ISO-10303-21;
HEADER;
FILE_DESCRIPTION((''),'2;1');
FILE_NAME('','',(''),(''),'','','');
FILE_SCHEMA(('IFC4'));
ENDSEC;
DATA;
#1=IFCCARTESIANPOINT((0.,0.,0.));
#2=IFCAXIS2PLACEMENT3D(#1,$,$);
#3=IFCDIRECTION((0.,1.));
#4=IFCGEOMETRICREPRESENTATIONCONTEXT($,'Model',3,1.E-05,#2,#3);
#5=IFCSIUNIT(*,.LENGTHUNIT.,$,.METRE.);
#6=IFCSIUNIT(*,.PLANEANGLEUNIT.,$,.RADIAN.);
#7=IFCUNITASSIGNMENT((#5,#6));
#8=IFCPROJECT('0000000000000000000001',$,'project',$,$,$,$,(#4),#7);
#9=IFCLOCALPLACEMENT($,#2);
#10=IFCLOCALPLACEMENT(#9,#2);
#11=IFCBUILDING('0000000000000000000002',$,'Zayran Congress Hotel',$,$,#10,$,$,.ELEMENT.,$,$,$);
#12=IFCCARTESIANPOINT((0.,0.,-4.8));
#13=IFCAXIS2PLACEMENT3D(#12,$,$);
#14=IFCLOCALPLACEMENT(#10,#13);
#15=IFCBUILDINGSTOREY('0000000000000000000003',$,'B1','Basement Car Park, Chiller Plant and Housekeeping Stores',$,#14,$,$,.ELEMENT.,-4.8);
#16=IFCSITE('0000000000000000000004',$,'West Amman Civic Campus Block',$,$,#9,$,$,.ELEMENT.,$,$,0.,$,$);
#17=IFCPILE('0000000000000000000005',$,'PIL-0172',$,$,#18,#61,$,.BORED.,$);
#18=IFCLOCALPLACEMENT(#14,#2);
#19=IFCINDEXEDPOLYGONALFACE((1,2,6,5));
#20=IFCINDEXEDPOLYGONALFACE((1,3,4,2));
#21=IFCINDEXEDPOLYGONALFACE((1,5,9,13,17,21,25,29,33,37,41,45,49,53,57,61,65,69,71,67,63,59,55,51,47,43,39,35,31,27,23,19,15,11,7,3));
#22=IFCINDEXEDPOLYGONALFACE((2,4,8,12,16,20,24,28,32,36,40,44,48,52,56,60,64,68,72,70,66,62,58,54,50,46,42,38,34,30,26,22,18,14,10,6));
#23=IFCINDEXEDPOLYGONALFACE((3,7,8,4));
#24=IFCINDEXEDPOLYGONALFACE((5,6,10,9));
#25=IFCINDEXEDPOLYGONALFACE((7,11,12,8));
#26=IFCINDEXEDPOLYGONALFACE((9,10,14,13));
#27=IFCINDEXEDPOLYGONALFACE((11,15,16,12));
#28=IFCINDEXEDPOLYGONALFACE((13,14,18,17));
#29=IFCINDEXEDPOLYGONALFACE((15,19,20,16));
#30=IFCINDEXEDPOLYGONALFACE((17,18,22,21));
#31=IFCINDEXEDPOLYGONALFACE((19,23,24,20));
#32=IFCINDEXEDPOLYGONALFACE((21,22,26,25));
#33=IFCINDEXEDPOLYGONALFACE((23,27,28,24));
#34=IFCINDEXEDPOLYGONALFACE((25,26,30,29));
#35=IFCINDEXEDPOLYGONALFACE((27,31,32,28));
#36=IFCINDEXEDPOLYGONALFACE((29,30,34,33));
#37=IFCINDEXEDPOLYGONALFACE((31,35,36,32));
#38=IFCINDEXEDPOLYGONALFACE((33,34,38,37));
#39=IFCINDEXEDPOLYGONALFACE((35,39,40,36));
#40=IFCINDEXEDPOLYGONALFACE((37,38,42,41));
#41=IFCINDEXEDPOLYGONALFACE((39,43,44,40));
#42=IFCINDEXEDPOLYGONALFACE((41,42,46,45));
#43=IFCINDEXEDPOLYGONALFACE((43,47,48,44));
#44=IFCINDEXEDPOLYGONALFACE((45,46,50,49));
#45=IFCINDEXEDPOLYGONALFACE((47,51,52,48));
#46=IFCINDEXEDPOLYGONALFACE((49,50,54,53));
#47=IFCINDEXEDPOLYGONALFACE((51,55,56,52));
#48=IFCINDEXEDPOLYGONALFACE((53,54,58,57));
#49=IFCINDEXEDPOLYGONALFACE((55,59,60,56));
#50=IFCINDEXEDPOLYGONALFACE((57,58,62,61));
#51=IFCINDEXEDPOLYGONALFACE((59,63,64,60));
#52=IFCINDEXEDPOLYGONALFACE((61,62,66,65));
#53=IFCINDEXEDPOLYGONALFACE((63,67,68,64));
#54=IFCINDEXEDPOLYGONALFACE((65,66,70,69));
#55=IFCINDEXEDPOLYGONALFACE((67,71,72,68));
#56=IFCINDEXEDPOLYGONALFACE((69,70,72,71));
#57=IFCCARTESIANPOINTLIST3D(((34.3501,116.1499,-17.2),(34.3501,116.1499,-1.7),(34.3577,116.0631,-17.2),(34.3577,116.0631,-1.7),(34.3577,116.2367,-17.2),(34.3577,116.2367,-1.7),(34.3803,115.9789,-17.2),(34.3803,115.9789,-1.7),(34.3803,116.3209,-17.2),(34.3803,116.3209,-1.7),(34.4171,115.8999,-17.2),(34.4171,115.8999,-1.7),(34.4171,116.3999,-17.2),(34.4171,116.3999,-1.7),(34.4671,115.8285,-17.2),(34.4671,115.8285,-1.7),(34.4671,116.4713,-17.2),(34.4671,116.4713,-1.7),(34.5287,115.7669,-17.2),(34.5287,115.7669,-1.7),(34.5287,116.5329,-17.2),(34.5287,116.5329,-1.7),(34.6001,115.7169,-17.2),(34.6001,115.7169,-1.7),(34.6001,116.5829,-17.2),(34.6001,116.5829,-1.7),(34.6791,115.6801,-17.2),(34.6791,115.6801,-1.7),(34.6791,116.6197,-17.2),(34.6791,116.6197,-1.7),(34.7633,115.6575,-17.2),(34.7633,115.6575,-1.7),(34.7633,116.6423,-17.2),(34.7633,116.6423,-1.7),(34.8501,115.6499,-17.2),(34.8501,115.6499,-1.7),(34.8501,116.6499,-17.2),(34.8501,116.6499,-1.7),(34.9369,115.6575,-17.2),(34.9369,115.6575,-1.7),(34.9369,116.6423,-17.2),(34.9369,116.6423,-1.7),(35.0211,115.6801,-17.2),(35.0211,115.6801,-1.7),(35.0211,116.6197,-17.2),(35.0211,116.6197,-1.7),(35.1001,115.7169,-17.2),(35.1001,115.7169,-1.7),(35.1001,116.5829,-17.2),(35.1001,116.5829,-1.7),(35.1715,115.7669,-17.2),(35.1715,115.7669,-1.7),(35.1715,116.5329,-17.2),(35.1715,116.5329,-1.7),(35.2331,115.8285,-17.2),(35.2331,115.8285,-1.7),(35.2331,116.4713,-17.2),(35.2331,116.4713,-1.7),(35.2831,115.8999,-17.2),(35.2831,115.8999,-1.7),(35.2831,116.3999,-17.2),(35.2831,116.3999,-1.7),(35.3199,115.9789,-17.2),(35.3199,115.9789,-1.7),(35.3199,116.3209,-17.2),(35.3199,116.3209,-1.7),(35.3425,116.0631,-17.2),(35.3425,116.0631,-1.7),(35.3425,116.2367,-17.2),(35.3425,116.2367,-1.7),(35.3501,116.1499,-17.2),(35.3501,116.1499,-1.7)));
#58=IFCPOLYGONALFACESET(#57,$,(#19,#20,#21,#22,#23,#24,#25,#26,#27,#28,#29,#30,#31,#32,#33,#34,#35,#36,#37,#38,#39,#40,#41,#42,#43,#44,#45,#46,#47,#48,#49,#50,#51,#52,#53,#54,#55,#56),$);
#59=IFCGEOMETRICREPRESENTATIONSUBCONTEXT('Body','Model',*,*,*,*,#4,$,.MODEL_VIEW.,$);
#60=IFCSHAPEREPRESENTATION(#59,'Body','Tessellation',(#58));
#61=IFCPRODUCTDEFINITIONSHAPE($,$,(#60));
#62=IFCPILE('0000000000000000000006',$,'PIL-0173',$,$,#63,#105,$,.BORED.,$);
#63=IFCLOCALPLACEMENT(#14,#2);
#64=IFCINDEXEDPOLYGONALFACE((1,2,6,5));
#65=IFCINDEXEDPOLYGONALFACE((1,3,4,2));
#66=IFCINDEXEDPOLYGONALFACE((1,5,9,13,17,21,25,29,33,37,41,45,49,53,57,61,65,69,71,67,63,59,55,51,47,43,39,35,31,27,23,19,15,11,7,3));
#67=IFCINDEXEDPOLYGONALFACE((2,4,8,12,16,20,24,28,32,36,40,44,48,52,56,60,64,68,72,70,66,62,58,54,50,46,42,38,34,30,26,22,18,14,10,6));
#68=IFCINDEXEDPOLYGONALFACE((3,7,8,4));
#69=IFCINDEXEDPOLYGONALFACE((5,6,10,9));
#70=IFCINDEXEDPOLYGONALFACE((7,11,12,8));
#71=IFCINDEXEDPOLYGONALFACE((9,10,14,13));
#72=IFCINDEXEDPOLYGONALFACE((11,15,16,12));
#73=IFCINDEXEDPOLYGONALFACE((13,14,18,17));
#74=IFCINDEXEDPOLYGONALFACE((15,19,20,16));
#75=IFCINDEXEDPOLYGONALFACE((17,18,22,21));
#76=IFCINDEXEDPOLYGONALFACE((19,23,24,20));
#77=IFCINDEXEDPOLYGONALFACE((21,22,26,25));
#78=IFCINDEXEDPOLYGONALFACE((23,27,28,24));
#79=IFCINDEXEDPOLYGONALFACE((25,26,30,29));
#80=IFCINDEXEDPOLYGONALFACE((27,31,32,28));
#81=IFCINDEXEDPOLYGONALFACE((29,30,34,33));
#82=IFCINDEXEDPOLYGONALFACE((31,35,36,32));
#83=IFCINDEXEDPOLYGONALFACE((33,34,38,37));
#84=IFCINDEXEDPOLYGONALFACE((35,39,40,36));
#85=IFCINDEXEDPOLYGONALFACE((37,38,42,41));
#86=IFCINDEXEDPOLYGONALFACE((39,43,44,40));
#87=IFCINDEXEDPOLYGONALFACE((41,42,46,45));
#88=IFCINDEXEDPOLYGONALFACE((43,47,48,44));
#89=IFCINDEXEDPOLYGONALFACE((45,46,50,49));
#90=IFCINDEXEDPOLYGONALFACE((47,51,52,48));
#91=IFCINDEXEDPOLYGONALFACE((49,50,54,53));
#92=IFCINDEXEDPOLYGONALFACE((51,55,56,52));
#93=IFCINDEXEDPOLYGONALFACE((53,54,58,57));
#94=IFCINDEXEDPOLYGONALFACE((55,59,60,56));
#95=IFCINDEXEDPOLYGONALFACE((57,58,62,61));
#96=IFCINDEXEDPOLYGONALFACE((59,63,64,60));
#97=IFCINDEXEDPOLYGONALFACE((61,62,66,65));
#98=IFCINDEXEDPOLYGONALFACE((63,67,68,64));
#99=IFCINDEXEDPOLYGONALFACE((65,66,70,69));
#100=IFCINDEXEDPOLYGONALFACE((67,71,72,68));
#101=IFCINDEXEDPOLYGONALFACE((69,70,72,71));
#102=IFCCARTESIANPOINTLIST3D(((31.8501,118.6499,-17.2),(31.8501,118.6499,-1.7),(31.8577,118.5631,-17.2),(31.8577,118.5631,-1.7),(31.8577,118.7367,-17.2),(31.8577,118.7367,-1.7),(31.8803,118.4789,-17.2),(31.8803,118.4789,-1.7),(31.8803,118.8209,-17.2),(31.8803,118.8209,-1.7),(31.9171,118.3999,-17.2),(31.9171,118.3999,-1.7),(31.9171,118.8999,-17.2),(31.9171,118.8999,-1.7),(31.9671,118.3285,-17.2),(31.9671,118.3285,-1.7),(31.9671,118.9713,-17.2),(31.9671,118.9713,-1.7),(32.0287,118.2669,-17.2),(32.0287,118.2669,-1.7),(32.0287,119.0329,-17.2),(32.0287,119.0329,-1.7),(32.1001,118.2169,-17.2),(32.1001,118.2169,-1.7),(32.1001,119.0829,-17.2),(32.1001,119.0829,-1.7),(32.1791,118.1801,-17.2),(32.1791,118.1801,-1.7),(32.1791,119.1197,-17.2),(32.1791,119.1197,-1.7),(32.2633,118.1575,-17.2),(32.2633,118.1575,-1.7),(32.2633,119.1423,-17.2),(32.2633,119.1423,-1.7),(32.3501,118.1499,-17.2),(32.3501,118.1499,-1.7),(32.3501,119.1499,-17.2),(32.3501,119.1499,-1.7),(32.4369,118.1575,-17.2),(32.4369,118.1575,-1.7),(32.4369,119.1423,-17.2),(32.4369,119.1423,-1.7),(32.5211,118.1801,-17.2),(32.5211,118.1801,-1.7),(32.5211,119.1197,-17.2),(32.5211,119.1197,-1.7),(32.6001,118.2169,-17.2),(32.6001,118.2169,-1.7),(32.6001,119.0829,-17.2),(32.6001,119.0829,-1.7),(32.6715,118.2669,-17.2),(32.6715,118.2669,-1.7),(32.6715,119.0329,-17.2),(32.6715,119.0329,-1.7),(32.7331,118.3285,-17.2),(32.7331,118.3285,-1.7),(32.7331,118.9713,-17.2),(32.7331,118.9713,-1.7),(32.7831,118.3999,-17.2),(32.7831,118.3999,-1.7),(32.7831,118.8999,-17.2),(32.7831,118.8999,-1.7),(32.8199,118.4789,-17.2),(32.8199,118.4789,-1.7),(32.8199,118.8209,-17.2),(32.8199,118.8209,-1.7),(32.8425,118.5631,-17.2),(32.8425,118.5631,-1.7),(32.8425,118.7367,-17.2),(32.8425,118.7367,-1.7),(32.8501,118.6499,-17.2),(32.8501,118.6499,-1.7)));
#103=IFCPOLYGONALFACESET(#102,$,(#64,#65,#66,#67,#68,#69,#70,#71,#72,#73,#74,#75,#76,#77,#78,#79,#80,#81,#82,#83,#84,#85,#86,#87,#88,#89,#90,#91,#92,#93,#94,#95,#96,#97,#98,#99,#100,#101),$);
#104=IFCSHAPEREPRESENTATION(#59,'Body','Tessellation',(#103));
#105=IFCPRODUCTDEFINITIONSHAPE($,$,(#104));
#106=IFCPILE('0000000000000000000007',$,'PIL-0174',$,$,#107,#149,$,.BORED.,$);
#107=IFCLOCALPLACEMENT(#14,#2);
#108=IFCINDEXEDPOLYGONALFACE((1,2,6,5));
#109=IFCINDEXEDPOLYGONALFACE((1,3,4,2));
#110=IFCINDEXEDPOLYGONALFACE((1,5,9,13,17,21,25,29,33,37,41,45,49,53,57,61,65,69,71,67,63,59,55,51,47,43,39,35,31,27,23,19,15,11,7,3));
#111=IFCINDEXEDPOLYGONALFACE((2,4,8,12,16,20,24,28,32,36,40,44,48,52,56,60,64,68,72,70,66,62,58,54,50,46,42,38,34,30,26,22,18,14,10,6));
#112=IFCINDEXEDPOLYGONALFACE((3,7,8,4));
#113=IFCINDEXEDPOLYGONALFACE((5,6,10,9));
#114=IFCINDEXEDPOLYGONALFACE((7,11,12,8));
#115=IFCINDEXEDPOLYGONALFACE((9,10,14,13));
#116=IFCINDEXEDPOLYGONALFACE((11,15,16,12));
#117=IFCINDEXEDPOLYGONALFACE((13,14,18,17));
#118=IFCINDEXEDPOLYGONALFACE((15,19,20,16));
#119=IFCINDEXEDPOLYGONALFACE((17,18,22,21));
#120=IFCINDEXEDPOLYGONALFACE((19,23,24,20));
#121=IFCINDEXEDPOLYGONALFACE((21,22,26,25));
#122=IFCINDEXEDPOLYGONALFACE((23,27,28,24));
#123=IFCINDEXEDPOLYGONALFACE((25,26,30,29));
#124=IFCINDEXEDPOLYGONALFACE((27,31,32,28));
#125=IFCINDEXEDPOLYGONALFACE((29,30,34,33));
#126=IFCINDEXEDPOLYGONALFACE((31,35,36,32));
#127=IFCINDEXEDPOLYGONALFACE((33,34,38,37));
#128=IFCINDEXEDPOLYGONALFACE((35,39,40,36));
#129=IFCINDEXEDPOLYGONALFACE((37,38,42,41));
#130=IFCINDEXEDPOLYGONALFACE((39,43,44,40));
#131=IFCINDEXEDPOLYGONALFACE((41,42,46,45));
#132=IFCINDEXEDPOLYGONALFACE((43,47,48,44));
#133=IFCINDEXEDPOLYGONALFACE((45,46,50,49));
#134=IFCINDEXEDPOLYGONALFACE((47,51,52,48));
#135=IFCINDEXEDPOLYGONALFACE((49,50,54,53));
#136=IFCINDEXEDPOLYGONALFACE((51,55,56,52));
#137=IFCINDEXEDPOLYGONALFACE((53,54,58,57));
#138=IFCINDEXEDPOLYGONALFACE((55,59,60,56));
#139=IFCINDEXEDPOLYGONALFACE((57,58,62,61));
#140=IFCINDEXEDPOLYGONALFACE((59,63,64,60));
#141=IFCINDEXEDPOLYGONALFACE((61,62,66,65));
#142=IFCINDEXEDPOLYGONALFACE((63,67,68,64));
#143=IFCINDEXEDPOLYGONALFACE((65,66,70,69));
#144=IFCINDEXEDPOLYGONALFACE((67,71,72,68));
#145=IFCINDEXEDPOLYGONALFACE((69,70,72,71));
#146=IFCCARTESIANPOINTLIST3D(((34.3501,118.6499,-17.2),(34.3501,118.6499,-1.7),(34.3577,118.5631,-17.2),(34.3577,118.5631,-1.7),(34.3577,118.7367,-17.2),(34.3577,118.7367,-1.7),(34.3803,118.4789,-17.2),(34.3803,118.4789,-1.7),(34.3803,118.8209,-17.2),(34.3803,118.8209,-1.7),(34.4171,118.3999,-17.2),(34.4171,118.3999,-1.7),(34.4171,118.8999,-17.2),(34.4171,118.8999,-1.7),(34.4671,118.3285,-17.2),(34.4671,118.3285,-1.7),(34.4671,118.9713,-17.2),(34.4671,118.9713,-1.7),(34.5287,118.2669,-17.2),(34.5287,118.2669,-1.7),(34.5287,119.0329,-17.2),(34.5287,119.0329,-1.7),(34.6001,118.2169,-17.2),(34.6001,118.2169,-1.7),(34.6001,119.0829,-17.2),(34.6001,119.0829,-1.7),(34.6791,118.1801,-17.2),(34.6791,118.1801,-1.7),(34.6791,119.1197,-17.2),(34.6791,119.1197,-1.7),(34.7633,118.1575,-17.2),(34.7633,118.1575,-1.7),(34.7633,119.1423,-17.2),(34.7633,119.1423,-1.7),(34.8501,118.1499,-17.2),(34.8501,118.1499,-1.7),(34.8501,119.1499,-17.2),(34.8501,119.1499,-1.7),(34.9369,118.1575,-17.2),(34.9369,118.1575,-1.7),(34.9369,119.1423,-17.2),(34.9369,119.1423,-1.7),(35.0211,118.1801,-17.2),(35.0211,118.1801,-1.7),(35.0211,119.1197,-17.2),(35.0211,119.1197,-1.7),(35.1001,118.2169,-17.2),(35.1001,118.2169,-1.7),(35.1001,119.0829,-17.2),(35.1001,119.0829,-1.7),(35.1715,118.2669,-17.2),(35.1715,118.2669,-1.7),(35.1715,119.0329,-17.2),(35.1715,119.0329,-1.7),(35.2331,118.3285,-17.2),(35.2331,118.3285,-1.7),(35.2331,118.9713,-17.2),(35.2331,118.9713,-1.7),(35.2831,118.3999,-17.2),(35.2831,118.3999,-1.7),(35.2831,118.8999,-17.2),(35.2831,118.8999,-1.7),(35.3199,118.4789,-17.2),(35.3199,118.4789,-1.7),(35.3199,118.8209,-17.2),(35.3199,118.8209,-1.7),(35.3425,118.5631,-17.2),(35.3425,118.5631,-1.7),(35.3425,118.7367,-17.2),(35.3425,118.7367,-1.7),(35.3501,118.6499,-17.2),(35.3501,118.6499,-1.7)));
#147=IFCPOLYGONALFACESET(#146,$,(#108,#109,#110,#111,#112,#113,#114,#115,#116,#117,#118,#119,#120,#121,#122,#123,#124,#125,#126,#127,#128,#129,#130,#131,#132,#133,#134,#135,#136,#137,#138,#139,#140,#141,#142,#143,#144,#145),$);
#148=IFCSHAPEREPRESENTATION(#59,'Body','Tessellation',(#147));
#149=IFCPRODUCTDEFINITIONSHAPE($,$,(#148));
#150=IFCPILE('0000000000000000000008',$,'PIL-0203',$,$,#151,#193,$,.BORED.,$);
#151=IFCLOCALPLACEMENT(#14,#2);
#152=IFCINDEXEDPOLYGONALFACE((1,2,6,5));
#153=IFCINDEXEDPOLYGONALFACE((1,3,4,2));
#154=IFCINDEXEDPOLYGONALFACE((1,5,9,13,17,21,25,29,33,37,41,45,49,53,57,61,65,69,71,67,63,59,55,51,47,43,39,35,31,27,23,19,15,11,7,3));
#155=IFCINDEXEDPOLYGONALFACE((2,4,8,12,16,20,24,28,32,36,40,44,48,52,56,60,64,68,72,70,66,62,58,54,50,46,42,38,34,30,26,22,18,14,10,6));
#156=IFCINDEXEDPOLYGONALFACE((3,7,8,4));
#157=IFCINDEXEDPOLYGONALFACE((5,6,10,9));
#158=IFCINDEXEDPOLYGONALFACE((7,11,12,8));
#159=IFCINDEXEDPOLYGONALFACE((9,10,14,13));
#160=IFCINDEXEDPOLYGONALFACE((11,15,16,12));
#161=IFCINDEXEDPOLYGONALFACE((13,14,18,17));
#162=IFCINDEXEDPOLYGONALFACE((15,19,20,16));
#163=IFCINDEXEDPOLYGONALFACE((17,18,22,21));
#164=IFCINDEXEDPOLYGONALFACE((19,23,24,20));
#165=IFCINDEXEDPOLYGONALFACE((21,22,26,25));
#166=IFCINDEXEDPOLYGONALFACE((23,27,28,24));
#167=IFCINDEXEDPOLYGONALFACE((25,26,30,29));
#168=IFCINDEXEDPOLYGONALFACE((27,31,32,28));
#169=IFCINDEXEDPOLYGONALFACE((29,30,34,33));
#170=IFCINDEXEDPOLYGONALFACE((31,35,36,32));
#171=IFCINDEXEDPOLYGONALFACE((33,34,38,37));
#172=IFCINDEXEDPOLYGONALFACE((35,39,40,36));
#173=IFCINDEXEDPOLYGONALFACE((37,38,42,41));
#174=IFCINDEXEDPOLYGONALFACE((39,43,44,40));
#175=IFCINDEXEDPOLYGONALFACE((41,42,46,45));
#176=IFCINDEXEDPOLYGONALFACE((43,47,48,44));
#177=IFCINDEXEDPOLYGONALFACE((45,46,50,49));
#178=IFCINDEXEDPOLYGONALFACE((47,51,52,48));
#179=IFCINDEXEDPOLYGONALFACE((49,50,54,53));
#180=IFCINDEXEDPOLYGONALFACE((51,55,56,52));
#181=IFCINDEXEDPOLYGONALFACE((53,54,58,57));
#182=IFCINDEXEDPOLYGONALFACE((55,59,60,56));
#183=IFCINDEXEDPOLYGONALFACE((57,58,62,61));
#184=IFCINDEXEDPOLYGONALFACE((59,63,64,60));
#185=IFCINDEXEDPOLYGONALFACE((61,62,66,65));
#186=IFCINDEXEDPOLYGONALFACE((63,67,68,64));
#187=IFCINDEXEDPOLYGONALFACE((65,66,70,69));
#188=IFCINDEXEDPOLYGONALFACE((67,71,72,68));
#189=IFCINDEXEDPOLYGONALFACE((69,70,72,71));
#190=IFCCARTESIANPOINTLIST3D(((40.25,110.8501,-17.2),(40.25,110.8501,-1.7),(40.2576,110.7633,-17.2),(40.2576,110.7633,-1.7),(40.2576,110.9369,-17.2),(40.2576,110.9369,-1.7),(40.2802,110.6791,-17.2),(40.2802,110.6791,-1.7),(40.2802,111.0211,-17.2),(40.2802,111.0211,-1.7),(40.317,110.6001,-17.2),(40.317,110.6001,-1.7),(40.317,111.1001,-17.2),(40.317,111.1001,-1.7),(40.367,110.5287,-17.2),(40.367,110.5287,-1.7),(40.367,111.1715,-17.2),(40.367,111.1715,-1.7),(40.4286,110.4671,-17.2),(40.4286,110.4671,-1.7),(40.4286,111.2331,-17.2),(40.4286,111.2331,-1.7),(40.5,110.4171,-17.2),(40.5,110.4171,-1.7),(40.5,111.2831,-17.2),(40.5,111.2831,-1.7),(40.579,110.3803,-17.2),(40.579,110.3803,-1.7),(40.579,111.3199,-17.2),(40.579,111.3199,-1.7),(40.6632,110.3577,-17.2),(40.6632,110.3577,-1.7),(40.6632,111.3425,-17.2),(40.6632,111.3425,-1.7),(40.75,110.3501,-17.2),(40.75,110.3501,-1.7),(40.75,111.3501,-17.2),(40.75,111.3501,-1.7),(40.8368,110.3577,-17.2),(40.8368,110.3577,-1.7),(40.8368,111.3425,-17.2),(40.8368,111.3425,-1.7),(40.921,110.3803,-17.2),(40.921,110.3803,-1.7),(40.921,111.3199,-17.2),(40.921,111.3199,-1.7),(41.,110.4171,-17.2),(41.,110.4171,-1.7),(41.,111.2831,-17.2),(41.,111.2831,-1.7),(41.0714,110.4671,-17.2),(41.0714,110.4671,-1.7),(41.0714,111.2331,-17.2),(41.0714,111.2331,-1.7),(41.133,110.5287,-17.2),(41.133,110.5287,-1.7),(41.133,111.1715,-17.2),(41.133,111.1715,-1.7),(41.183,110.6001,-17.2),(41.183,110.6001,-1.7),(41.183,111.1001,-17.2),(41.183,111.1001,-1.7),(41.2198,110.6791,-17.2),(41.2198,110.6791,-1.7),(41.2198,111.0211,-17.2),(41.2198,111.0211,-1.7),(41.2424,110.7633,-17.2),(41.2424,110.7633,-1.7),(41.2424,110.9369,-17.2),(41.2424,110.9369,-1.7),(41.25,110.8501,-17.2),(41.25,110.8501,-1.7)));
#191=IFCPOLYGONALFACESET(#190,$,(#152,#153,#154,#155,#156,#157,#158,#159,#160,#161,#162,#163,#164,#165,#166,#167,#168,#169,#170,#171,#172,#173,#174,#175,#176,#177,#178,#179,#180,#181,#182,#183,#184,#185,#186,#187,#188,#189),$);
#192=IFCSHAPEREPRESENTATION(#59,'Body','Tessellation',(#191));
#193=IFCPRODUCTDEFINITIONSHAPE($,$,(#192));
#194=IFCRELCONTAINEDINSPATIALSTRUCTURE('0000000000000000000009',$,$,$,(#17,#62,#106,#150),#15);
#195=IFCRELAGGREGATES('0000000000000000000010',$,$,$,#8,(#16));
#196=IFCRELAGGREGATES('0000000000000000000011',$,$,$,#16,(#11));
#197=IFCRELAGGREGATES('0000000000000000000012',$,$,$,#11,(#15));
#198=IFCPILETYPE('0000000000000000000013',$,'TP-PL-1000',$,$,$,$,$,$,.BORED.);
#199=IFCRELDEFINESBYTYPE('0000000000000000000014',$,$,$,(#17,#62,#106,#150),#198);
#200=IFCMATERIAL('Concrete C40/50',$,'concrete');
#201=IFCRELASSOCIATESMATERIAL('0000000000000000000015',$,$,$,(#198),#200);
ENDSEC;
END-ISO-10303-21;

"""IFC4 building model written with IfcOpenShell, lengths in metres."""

from ifc_helpers import new_model, si_unit, direction, frame, origin, origin_2d, place, context, subcontext, project, spatial, circle, extrude, material, material_profile, profile_set, type_object, element, save


model = new_model("IFC4")

# Units and contexts
model_context = context("Model", 3, precision=1e-05, world=origin(), true_north=direction((0.0, 1.0)))
body_context = subcontext(model_context, "Body", "Model", "MODEL_VIEW")
ifc_project = project(units=[si_unit("LENGTHUNIT", "METRE"), si_unit("PLANEANGLEUNIT", "RADIAN")], contexts=[model_context])

# Site, building, storey
site_placement = place(None, origin())
site = spatial("IfcSite", under=ifc_project, at=site_placement, Name="West Amman Civic Campus Block", CompositionType="ELEMENT", RefElevation=0.0)
building_placement = place(site_placement, origin())
building = spatial("IfcBuilding", under=site, at=building_placement, Name="Zayran Congress Hotel", CompositionType="ELEMENT")
storey_placement = place(building_placement, frame((0.0, 0.0, -4.8)))
storey = spatial("IfcBuildingStorey", under=building, at=storey_placement, Name="B1", Description="Basement Car Park, Chiller Plant and Housekeeping Stores", CompositionType="ELEMENT", Elevation=-4.8)

# Piles
ifc_material = material(Name="Concrete C40/50", Category="concrete")
ifc_material_profile_1 = material_profile(ifc_material, circle(Radius=0.5, at=origin_2d()), Name="PILE D1000")
ifc_profile_set_1 = profile_set([ifc_material_profile_1], Name="Concrete C40/50")
pile_type = type_object("IfcPileType", Name="TP-PL-1000", PredefinedType="BORED", material=ifc_profile_set_1)
for number, where, z_axis, x_axis, name in (
    (1, (34.8501, 116.1499, -1.7), (0.0, 0.0, -1.0), (1.0, 0.0, 0.0), "PIL-0172"),
    (2, (32.3501, 118.6499, -1.7), (0.0, 0.0, -1.0), (1.0, 0.0, 0.0), "PIL-0173"),
    (3, (34.8501, 118.6499, -1.7), (0.0, 0.0, -1.0), (1.0, 0.0, 0.0), "PIL-0174"),
    (4, (40.75, 110.8501, -1.7), (0.0, 0.0, -1.0), (1.0, 0.0, 0.0), "PIL-0203"),
):
    element("IfcPile", number, at=place(storey_placement, frame(where, z_axis=z_axis, x_axis=x_axis)), inside=storey, type_object=pile_type, Name=name, PredefinedType="BORED", context=body_context, shape_type="SweptSolid", body=[
        extrude(circle(Radius=0.5, at=origin_2d()), origin(), (0.0, 0.0, 1.0), 15.5),
    ])

save(model, "model.ifc")
